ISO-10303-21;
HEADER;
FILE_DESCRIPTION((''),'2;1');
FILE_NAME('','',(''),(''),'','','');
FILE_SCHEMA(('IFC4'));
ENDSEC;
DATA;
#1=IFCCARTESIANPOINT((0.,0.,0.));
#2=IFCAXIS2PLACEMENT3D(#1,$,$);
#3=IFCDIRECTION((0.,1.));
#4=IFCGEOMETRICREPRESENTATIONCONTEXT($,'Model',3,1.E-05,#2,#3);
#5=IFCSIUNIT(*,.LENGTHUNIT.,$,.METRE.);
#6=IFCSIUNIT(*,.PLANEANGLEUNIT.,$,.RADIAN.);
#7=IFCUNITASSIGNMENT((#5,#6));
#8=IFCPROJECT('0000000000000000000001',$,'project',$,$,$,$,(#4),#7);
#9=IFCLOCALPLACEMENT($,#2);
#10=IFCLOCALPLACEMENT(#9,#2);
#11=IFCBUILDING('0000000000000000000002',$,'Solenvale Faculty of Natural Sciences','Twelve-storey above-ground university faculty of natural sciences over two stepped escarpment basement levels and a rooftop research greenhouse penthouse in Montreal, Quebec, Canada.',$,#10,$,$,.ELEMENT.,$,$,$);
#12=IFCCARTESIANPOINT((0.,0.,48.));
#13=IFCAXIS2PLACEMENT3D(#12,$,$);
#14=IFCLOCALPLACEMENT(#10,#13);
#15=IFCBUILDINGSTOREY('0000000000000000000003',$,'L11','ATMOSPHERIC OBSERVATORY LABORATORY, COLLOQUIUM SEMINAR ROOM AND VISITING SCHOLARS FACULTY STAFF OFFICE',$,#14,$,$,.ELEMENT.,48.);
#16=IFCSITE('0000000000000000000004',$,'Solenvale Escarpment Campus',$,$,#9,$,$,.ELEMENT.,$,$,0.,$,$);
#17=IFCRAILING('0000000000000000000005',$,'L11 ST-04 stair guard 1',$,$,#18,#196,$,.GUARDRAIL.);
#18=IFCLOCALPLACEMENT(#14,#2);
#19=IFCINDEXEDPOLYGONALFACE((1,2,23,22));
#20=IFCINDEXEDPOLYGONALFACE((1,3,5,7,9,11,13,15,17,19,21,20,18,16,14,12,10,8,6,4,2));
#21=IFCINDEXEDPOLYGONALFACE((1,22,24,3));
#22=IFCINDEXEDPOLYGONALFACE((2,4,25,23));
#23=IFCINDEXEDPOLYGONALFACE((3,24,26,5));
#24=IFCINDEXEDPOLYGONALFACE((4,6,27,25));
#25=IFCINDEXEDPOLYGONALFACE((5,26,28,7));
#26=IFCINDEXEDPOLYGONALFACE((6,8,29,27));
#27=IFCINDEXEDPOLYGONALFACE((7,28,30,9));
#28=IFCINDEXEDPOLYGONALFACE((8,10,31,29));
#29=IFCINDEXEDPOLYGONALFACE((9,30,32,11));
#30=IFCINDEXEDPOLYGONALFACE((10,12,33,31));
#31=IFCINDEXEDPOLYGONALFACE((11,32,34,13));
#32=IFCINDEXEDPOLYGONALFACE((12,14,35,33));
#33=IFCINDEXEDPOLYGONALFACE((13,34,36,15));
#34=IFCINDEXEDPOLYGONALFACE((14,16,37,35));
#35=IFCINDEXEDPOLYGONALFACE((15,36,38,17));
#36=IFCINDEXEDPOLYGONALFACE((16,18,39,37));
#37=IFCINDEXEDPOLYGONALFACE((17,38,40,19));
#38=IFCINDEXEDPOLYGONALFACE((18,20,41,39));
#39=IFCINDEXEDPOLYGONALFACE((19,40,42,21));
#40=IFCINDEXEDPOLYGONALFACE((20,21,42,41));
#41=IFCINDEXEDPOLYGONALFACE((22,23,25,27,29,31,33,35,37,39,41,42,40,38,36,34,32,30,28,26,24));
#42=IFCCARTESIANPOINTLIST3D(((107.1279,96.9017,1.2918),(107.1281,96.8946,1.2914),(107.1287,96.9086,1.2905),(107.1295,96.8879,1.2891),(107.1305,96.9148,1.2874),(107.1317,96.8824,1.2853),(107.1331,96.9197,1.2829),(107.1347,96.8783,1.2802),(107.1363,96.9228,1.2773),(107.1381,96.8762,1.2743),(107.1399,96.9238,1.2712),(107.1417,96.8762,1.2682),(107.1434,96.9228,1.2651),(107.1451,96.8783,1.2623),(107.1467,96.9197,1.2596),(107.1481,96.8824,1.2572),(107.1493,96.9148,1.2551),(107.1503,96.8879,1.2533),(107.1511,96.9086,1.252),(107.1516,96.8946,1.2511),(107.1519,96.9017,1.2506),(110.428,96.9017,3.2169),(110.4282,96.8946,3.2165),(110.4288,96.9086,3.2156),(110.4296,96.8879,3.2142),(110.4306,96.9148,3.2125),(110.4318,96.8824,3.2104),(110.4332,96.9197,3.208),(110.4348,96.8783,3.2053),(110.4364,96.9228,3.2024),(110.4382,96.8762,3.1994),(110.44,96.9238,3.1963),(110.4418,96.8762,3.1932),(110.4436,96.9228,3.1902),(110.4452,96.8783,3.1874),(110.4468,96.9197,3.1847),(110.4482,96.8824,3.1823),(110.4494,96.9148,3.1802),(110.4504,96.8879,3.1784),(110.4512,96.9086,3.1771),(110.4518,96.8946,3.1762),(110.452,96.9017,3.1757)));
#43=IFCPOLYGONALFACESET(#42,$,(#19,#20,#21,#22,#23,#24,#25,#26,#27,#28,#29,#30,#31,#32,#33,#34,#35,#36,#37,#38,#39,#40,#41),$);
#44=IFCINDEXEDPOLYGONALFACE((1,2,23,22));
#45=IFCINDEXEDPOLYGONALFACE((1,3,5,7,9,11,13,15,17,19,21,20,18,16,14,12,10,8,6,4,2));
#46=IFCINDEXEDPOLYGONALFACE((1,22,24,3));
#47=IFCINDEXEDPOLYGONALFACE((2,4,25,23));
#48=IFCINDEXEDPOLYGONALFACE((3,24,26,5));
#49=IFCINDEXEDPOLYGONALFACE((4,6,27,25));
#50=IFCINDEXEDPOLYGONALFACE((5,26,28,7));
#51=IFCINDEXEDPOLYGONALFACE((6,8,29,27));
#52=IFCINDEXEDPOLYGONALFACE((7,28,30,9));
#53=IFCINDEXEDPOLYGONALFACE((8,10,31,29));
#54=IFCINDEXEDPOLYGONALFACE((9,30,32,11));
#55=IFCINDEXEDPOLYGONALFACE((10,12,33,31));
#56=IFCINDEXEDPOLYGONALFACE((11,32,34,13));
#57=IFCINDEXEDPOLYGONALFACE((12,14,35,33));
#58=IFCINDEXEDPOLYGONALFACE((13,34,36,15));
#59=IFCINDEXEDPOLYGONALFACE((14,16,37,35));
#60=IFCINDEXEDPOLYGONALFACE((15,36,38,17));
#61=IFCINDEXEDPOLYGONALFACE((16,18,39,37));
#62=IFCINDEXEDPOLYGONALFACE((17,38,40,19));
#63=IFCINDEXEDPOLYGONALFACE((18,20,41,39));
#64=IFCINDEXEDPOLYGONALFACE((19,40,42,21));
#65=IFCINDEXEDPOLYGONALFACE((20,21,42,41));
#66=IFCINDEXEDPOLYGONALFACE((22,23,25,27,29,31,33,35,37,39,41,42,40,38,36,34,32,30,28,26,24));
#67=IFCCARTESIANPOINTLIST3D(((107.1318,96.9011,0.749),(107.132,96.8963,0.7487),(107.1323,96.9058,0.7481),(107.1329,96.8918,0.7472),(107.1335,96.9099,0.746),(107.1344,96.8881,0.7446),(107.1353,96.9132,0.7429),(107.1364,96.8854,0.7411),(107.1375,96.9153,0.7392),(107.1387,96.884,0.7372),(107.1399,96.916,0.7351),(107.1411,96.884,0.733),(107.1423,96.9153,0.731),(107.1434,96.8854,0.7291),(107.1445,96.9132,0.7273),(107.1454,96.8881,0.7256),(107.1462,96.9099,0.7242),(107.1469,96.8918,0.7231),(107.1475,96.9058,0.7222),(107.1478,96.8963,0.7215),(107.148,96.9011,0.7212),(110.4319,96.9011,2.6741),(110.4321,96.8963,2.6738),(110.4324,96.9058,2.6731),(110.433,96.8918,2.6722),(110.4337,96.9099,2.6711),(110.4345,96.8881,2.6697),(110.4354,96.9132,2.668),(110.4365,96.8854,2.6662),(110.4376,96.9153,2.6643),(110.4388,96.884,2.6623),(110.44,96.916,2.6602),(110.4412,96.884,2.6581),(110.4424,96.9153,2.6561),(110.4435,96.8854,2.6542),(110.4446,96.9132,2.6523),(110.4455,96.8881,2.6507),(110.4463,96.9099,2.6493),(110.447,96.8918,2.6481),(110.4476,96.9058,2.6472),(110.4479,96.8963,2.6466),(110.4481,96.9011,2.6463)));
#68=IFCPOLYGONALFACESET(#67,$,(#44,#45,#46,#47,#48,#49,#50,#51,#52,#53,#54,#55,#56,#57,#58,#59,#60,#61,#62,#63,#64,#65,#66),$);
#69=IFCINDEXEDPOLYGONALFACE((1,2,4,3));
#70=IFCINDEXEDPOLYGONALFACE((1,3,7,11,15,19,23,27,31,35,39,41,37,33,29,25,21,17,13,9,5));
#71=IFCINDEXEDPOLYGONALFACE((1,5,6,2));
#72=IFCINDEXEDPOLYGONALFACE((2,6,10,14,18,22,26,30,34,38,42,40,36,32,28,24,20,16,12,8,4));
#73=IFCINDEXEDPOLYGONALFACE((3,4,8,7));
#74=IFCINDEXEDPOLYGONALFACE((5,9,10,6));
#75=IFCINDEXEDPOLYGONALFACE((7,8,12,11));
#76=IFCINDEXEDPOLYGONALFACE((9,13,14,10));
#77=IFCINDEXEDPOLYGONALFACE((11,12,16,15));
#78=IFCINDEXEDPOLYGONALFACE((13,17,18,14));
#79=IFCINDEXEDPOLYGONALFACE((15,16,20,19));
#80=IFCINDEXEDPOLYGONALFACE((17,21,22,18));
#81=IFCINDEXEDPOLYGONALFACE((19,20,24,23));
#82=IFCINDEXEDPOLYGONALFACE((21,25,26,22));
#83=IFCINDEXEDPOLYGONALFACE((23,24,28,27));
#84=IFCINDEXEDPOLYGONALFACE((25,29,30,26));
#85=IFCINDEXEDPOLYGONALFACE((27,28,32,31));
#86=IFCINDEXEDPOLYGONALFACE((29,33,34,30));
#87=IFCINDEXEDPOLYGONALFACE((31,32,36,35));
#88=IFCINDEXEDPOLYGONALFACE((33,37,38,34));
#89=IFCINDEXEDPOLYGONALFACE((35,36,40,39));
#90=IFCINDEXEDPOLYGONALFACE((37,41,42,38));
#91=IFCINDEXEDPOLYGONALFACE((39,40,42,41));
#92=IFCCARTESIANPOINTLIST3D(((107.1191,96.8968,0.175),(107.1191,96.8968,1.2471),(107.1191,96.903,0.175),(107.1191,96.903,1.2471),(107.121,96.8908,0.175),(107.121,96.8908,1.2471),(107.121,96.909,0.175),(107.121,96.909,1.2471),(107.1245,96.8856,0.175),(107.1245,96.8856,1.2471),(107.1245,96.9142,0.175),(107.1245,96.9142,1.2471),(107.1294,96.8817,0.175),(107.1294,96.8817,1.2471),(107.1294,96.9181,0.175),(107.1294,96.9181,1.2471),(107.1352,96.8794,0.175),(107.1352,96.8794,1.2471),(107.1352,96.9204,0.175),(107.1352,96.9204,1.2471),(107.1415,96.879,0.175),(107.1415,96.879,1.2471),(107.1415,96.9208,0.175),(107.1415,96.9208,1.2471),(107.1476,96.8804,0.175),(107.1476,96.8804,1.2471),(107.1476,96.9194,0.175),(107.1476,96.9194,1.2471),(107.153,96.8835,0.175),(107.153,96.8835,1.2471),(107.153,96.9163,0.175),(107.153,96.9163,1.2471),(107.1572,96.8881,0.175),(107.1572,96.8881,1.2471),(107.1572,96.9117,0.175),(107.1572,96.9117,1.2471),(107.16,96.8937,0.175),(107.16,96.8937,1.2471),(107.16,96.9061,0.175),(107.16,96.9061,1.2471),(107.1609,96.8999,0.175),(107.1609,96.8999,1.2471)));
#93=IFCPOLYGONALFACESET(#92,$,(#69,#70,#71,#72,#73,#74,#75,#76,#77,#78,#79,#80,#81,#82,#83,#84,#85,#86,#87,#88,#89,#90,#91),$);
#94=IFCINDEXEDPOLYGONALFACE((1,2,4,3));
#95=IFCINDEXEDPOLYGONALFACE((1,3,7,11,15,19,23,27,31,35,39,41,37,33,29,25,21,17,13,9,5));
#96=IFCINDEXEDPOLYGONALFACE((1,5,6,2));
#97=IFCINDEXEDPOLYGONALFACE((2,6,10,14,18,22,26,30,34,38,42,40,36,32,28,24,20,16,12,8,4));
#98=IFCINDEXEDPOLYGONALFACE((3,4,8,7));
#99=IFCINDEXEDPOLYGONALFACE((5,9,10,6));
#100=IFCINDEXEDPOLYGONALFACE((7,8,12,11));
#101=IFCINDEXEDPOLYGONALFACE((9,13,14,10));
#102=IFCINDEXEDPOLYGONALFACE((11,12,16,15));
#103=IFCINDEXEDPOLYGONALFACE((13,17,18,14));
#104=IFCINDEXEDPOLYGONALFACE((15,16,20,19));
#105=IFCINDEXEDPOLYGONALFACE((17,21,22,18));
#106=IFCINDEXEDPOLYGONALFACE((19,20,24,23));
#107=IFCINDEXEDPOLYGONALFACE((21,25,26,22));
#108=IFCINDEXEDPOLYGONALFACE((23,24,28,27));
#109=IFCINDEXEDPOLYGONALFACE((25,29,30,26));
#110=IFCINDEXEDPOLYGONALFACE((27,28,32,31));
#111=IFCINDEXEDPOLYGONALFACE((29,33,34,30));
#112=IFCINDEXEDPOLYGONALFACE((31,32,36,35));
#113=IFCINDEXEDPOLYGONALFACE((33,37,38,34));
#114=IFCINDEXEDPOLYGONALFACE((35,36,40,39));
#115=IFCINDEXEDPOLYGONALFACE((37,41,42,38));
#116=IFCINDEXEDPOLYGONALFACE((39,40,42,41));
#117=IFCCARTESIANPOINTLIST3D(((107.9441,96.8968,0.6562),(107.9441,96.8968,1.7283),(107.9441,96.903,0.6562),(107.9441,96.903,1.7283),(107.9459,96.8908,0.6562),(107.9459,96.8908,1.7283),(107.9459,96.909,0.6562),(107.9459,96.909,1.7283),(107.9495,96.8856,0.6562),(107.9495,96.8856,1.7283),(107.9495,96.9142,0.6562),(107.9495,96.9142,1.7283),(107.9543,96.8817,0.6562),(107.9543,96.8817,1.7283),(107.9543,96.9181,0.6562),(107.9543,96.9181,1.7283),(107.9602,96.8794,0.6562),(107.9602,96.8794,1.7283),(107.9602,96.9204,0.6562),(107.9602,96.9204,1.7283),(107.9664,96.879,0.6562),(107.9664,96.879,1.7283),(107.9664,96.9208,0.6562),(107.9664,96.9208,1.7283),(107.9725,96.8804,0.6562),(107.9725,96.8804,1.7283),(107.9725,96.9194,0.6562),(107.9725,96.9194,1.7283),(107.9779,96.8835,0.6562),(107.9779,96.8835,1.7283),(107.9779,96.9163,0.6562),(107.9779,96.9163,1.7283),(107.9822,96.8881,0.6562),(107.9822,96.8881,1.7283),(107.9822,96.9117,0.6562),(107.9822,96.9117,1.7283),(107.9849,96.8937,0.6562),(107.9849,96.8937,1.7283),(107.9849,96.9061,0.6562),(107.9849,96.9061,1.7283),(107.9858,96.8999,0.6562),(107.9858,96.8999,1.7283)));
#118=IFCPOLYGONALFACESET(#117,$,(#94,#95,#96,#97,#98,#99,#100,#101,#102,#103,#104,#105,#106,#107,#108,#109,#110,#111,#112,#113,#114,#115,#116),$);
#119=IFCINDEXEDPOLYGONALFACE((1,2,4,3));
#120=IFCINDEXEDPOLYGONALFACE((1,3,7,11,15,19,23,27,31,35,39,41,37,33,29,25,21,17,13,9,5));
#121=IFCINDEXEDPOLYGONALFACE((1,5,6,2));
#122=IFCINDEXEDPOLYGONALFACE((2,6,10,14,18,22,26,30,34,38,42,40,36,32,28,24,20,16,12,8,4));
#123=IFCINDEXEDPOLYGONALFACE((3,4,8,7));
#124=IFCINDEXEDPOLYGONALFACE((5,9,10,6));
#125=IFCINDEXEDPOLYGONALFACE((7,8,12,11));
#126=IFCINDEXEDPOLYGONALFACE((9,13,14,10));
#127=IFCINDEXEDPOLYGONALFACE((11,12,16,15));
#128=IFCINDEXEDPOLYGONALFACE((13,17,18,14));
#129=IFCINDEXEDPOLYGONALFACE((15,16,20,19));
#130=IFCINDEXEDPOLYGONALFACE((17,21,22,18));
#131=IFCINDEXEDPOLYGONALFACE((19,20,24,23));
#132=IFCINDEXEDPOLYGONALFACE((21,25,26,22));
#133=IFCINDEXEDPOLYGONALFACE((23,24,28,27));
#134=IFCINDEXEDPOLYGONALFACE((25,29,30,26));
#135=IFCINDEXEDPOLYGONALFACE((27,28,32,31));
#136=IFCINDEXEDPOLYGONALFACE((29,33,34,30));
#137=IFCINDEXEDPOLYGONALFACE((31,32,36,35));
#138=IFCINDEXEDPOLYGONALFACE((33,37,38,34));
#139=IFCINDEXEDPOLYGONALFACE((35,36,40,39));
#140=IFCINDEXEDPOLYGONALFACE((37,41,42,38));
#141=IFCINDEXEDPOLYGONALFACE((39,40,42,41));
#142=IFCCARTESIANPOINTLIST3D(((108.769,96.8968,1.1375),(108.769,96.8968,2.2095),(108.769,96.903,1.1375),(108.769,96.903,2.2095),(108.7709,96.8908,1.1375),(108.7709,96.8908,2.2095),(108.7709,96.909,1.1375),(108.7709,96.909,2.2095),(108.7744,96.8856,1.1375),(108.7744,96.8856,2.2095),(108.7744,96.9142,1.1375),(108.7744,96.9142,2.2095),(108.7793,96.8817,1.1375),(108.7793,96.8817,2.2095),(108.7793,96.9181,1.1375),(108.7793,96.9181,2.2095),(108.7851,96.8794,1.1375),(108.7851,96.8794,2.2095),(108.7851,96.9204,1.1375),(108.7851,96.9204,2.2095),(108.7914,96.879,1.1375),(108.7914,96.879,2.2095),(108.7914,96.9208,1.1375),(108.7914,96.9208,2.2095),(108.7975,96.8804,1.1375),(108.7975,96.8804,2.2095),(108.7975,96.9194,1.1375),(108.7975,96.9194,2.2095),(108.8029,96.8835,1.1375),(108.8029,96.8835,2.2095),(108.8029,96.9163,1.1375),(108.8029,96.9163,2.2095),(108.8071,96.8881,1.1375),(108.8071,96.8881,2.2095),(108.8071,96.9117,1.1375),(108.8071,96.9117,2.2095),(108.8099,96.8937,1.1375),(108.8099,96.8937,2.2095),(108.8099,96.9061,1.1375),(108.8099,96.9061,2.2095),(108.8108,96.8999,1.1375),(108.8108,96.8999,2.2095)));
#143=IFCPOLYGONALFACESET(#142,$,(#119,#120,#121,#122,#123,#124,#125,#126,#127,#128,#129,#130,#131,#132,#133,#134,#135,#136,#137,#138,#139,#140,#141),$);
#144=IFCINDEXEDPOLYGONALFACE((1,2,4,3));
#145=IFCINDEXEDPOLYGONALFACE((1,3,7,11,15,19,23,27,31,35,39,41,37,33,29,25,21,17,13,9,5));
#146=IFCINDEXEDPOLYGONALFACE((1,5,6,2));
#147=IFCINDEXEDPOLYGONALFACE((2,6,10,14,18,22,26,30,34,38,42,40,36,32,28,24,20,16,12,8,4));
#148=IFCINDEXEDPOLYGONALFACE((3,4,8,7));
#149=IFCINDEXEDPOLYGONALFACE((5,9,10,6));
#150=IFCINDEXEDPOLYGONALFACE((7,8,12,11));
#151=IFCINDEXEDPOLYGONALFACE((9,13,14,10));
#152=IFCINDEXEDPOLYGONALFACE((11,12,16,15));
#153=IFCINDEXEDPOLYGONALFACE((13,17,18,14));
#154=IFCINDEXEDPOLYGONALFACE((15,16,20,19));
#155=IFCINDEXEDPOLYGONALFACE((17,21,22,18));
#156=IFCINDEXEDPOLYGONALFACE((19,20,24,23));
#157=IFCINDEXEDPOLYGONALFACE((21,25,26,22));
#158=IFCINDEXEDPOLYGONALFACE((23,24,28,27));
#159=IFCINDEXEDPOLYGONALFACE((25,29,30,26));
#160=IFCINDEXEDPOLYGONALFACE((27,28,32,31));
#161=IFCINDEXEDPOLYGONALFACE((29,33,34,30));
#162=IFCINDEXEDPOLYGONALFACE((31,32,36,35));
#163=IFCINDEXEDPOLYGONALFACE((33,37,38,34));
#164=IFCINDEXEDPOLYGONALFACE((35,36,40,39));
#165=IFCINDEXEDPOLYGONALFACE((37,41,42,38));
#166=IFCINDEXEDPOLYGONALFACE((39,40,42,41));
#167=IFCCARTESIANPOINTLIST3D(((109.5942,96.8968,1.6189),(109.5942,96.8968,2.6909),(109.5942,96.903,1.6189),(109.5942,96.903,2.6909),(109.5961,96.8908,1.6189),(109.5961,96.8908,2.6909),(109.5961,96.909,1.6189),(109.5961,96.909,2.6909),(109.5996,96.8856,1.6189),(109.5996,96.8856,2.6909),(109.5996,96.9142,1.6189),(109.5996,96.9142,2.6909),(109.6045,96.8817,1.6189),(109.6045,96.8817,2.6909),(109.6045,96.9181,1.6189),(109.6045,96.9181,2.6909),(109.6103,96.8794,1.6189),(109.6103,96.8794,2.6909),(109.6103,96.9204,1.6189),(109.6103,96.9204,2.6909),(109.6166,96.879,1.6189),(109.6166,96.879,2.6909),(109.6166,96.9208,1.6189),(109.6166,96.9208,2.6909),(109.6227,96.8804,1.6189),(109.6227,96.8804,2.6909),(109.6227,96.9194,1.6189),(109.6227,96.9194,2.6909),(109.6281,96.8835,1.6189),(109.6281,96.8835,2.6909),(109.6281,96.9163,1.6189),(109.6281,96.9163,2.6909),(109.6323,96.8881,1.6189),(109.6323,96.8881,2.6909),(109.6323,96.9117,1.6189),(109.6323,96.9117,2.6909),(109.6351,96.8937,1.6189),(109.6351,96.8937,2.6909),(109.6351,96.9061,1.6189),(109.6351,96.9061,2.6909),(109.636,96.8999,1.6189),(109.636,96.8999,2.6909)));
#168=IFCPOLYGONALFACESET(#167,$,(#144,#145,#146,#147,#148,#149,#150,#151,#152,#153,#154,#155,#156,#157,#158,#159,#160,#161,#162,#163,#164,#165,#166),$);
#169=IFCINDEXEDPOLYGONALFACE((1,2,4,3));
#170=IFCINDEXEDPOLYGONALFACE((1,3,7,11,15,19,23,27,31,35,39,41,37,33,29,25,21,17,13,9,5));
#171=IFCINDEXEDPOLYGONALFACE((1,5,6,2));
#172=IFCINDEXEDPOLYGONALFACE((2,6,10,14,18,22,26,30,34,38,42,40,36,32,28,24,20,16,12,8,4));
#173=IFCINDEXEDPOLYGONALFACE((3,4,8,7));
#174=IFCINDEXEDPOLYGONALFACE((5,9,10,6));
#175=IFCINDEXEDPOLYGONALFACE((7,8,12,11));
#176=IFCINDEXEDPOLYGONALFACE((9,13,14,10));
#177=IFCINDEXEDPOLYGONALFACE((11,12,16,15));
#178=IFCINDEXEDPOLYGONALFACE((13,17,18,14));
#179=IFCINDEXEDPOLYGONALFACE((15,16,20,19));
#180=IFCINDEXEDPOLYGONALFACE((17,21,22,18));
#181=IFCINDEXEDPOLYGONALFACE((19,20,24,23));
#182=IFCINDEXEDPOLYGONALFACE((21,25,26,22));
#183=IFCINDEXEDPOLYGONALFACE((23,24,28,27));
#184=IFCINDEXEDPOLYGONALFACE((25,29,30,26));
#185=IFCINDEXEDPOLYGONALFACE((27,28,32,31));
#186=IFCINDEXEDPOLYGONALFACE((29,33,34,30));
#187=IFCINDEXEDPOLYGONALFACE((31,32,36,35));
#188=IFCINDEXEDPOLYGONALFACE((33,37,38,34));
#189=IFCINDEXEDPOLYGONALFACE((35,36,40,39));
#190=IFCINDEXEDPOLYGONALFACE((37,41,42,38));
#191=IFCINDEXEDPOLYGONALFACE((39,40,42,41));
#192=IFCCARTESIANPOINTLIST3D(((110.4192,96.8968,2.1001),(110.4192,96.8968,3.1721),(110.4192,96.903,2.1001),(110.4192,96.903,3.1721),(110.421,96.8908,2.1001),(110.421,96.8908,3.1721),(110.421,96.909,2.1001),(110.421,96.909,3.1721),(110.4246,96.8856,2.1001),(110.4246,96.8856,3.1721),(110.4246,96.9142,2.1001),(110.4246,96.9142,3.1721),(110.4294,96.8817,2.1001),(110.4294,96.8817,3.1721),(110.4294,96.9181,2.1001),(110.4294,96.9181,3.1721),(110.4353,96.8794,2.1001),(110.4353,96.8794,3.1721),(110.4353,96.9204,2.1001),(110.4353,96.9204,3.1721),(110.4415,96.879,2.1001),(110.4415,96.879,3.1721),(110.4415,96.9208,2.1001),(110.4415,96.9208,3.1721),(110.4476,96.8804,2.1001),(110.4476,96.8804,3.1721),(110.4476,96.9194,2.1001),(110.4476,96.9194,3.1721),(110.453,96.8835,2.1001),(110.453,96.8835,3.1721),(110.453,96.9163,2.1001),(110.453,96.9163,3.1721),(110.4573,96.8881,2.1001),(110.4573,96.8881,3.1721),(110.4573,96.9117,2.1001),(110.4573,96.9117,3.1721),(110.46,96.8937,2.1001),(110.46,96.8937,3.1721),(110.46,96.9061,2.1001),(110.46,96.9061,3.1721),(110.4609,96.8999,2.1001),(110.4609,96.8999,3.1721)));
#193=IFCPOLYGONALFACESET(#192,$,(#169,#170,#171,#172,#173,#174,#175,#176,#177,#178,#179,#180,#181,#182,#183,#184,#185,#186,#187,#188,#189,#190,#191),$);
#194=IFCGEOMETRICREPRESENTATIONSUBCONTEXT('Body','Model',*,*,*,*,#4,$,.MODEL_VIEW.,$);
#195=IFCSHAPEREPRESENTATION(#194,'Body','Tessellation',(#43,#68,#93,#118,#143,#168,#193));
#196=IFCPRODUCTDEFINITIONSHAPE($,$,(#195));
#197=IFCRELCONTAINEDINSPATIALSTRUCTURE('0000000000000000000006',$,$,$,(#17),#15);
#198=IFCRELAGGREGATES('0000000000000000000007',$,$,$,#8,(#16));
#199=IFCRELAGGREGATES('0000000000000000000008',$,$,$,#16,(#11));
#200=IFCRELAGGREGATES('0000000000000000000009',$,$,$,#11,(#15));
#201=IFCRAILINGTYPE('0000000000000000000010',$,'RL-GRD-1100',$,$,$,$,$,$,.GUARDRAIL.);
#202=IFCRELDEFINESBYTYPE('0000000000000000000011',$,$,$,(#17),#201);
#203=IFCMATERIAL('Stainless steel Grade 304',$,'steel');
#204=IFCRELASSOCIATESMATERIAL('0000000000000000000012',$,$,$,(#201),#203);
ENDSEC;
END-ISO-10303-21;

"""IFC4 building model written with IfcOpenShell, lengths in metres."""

from ifc_helpers import new_model, si_unit, direction, frame, origin, origin_2d, place, context, subcontext, project, spatial, circle, extrude, material, type_object, element, save


model = new_model("IFC4")

# Units and contexts
model_context = context("Model", 3, precision=1e-05, world=origin(), true_north=direction((0.0, 1.0)))
body_context = subcontext(model_context, "Body", "Model", "MODEL_VIEW")
ifc_project = project(units=[si_unit("LENGTHUNIT", "METRE"), si_unit("PLANEANGLEUNIT", "RADIAN")], contexts=[model_context])

# Site, building, storey
site_placement = place(None, origin())
site = spatial("IfcSite", under=ifc_project, at=site_placement, Name="Solenvale Escarpment Campus", CompositionType="ELEMENT", RefElevation=0.0)
building_placement = place(site_placement, origin())
building = spatial("IfcBuilding", under=site, at=building_placement, Name="Solenvale Faculty of Natural Sciences", Description="Twelve-storey above-ground university faculty of natural sciences over two stepped escarpment basement levels and a rooftop research greenhouse penthouse in Montreal, Quebec, Canada.", CompositionType="ELEMENT")
storey_placement = place(building_placement, frame((0.0, 0.0, 48.0)))
storey = spatial("IfcBuildingStorey", under=building, at=storey_placement, Name="L11", Description="ATMOSPHERIC OBSERVATORY LABORATORY, COLLOQUIUM SEMINAR ROOM AND VISITING SCHOLARS FACULTY STAFF OFFICE", CompositionType="ELEMENT", Elevation=48.0)

# Railing
ifc_material_1 = material(Name="Stainless steel Grade 304", Category="steel")
railing_type_1 = type_object("IfcRailingType", Name="RL-GRD-1100", PredefinedType="GUARDRAIL", material=ifc_material_1)
railing_1_placement = place(storey_placement, frame((107.1399, 96.8999, 0.175)))
element("IfcRailing", 1, at=railing_1_placement, inside=storey, type_object=railing_type_1, Name="L11 ST-04 stair guard 1", PredefinedType="GUARDRAIL", context=body_context, shape_type="SweptSolid", body=[
    extrude(circle(Radius=0.0239, at=origin_2d()), frame((0.0, 0.0, 1.0962), z_axis=(0.863777, 0.0, 0.503875), x_axis=(0.0, 1.0, 0.0)), (0.0, 0.0, 1.0), 3.8206),
    extrude(circle(Radius=0.0161, at=origin_2d()), frame((0.0, 0.0, 0.5601), z_axis=(0.863777, 0.0, 0.503875), x_axis=(0.0, 1.0, 0.0)), (0.0, 0.0, 1.0), 3.8206),
    extrude(circle(Radius=0.021, at=origin_2d()), origin(), (0.0, 0.0, 1.0), 1.072),
    extrude(circle(Radius=0.021, at=origin_2d()), frame((0.825, 0.0, 0.4812)), (0.0, 0.0, 1.0), 1.072),
    extrude(circle(Radius=0.021, at=origin_2d()), frame((1.6499, 0.0, 0.9624)), (0.0, 0.0, 1.0), 1.072),
    extrude(circle(Radius=0.021, at=origin_2d()), frame((2.4751, 0.0, 1.4438)), (0.0, 0.0, 1.0), 1.072),
    extrude(circle(Radius=0.021, at=origin_2d()), frame((3.3, 0.0, 1.925)), (0.0, 0.0, 1.0), 1.072),
])

save(model, "model.ifc")
